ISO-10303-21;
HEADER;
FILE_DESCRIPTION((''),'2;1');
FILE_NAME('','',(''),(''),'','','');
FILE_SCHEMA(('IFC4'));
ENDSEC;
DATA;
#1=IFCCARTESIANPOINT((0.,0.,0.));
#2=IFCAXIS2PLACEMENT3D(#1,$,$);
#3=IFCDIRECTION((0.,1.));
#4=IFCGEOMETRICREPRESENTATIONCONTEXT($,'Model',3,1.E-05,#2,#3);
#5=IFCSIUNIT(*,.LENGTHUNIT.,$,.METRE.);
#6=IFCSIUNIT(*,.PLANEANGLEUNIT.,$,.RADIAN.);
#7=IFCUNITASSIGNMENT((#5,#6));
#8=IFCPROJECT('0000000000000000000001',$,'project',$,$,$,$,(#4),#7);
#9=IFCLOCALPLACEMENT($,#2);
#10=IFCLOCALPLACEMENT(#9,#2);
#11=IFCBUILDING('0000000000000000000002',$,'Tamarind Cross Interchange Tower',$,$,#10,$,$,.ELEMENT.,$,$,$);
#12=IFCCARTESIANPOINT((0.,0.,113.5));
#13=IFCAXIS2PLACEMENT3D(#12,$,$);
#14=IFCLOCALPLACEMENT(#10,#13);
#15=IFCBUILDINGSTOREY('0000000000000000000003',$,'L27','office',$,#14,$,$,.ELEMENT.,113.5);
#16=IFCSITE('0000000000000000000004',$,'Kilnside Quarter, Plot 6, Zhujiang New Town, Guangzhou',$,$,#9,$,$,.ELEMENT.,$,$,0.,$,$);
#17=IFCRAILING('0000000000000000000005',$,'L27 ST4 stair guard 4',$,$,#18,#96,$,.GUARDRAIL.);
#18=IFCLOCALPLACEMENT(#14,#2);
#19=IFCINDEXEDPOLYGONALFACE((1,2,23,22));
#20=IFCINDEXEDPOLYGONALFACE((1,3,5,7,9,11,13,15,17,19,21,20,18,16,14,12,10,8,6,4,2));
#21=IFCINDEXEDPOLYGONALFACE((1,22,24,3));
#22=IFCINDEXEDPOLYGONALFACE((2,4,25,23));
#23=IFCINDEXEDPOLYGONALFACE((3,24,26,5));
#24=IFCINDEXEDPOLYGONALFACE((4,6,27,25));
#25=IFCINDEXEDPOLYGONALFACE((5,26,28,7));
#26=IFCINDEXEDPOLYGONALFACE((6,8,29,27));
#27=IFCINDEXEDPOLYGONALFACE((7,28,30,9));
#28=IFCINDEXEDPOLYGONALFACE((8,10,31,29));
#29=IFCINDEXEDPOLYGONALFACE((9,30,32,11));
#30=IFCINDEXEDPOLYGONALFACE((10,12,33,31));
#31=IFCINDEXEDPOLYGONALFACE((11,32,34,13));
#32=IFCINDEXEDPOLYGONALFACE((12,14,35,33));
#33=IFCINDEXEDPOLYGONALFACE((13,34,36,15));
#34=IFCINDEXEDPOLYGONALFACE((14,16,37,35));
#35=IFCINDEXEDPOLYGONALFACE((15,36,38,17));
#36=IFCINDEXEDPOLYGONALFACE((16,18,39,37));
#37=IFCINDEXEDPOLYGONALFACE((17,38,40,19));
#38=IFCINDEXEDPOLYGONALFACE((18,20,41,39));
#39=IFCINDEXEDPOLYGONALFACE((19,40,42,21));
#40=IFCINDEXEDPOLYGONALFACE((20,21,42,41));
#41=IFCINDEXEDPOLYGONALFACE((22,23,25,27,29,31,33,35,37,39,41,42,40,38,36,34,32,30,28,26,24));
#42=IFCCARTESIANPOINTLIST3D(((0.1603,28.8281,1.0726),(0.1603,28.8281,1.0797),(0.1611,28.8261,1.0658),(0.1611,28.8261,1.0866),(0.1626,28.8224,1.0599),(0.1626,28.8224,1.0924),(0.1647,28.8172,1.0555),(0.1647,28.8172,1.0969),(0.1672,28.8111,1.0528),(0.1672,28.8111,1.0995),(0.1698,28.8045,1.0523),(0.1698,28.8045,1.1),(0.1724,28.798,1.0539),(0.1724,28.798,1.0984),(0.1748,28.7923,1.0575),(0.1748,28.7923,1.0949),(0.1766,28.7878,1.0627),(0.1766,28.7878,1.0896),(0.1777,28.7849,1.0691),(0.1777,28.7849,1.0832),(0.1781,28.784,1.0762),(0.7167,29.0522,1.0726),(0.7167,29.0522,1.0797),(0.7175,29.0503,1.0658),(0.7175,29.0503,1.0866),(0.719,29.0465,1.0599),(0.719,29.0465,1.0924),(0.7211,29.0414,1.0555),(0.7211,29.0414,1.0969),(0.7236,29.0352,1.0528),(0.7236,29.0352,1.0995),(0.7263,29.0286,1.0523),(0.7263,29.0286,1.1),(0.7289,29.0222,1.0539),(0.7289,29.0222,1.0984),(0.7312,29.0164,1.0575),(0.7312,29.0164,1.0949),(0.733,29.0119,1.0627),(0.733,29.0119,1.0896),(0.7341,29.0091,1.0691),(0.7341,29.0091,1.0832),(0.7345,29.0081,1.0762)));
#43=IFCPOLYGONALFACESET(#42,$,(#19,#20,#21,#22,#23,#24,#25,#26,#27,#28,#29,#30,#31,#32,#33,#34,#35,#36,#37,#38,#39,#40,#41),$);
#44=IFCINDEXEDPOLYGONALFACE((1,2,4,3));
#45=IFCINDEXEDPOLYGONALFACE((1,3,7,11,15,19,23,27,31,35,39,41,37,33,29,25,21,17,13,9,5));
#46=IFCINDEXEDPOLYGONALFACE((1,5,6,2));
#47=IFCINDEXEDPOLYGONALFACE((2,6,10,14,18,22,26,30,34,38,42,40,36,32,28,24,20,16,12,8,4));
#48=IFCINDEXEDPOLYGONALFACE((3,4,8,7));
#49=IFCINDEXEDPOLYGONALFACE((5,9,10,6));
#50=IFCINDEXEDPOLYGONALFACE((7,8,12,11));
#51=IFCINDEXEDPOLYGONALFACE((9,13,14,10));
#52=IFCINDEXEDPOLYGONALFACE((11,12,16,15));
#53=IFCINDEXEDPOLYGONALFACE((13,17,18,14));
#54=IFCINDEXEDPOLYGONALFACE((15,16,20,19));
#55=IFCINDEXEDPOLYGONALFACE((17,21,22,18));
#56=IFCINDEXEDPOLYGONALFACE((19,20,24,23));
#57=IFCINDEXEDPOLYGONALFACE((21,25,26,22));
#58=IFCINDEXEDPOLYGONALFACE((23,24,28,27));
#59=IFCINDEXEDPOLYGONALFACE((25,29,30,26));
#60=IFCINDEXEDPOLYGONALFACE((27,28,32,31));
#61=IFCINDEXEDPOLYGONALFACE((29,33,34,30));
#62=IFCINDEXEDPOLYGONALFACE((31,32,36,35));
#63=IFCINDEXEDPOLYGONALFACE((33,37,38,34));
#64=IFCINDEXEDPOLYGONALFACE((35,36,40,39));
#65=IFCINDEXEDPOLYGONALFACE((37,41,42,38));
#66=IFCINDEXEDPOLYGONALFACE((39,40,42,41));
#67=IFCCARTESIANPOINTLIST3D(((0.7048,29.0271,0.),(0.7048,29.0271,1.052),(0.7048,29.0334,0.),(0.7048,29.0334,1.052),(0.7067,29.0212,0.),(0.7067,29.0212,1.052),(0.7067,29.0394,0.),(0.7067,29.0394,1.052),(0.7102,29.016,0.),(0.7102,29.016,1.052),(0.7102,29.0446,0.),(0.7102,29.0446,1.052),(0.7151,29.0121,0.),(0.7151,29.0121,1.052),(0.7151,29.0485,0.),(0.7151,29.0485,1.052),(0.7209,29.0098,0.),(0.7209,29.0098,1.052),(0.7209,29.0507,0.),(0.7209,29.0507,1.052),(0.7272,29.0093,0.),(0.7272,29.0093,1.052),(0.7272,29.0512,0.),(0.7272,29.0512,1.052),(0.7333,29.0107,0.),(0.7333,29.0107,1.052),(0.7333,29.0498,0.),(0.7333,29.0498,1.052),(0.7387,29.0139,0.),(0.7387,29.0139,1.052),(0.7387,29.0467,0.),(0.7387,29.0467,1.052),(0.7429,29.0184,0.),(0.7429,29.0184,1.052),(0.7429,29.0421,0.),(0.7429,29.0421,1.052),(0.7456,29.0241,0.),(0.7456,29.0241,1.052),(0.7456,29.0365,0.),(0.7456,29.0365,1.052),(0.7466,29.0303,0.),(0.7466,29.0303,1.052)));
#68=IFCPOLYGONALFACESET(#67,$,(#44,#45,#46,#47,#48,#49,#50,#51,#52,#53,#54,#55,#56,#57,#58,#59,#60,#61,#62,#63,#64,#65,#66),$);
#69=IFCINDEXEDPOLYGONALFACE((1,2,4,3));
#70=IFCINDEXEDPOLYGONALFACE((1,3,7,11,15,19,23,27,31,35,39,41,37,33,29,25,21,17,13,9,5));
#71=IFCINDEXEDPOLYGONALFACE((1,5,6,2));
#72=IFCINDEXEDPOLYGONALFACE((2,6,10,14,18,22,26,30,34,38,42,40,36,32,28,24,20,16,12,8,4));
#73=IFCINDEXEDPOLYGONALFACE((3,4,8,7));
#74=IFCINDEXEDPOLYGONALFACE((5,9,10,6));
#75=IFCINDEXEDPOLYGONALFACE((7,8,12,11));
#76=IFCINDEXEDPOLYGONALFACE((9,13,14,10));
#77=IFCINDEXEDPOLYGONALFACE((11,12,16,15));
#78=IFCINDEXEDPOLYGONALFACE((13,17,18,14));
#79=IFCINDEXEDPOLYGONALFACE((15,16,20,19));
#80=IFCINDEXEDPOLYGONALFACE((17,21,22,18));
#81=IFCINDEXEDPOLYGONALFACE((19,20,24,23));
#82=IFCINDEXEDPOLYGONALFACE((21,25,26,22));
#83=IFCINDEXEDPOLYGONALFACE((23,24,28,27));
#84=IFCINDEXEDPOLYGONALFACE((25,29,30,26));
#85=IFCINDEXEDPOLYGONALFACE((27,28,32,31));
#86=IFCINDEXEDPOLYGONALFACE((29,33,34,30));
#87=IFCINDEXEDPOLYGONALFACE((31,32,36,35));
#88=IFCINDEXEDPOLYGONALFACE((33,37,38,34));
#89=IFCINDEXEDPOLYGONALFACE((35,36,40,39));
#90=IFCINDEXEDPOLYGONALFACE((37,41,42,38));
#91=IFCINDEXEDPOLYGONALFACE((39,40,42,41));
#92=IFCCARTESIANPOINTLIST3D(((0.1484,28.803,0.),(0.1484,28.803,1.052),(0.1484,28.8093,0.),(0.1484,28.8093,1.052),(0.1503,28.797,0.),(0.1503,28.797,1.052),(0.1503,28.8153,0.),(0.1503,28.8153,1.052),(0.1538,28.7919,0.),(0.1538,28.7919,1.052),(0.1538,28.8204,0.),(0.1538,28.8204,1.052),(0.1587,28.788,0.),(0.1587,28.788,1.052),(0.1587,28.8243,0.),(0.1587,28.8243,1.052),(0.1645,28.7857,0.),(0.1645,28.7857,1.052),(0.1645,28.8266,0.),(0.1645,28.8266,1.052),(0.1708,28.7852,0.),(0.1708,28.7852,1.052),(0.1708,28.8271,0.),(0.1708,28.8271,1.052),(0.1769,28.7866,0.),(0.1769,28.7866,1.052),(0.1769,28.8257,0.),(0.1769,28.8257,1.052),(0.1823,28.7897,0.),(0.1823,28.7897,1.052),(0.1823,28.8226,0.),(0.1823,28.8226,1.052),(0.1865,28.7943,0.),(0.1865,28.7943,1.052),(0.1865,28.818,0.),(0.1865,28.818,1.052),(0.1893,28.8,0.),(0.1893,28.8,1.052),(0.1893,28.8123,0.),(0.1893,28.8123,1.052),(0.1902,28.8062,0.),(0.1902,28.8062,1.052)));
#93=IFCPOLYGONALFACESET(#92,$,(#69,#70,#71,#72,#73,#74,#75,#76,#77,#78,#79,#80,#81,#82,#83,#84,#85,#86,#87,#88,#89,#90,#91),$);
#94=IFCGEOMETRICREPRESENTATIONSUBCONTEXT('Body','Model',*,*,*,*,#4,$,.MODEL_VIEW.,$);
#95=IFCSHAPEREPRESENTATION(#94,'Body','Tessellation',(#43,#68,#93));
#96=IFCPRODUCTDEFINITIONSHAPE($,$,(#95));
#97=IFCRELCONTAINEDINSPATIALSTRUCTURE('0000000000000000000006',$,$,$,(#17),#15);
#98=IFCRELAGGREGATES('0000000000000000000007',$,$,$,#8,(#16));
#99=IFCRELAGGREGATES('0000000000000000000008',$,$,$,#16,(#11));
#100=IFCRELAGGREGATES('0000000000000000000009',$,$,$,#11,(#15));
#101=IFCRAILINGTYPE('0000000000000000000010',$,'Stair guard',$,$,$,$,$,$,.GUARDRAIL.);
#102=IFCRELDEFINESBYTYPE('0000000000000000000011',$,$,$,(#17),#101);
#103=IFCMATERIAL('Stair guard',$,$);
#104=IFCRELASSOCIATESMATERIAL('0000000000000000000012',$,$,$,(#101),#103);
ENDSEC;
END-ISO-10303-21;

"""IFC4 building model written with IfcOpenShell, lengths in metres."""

from ifc_helpers import new_model, si_unit, direction, frame, origin, origin_2d, place, context, subcontext, project, spatial, circle, extrude, material, type_object, element, save


model = new_model("IFC4")

# Units and contexts
model_context = context("Model", 3, precision=1e-05, world=origin(), true_north=direction((0.0, 1.0)))
body_context = subcontext(model_context, "Body", "Model", "MODEL_VIEW")
ifc_project = project(units=[si_unit("LENGTHUNIT", "METRE"), si_unit("PLANEANGLEUNIT", "RADIAN")], contexts=[model_context])

# Site, building, storey
site_placement = place(None, origin())
site = spatial("IfcSite", under=ifc_project, at=site_placement, Name="Kilnside Quarter, Plot 6, Zhujiang New Town, Guangzhou", CompositionType="ELEMENT", RefElevation=0.0)
building_placement = place(site_placement, origin())
building = spatial("IfcBuilding", under=site, at=building_placement, Name="Tamarind Cross Interchange Tower", CompositionType="ELEMENT")
storey_placement = place(building_placement, frame((0.0, 0.0, 113.5)))
storey = spatial("IfcBuildingStorey", under=building, at=storey_placement, Name="L27", Description="office", CompositionType="ELEMENT", Elevation=113.5)

# Railing
ifc_material_1 = material(Name="Stair guard")
railing_type_1 = type_object("IfcRailingType", Name="Stair guard", PredefinedType="GUARDRAIL", material=ifc_material_1)
railing_1_placement = place(storey_placement, frame((0.7256, 29.0303, 0.0)))
element("IfcRailing", 1, at=railing_1_placement, inside=storey, type_object=railing_type_1, Name="L27 ST4 stair guard 4", PredefinedType="GUARDRAIL", context=body_context, shape_type="SweptSolid", body=[
    extrude(circle(Radius=0.0239, at=origin_2d()), frame((0.0, 0.0, 1.0762), z_axis=(-0.927576, -0.373635, 0.0), x_axis=(0.373635, -0.927576, 0.0)), (0.0, 0.0, 1.0), 0.5999),
    extrude(circle(Radius=0.021, at=origin_2d()), origin(), (0.0, 0.0, 1.0), 1.052),
    extrude(circle(Radius=0.021, at=origin_2d()), frame((-0.5564, -0.2241, 0.0)), (0.0, 0.0, 1.0), 1.052),
])

save(model, "model.ifc")
